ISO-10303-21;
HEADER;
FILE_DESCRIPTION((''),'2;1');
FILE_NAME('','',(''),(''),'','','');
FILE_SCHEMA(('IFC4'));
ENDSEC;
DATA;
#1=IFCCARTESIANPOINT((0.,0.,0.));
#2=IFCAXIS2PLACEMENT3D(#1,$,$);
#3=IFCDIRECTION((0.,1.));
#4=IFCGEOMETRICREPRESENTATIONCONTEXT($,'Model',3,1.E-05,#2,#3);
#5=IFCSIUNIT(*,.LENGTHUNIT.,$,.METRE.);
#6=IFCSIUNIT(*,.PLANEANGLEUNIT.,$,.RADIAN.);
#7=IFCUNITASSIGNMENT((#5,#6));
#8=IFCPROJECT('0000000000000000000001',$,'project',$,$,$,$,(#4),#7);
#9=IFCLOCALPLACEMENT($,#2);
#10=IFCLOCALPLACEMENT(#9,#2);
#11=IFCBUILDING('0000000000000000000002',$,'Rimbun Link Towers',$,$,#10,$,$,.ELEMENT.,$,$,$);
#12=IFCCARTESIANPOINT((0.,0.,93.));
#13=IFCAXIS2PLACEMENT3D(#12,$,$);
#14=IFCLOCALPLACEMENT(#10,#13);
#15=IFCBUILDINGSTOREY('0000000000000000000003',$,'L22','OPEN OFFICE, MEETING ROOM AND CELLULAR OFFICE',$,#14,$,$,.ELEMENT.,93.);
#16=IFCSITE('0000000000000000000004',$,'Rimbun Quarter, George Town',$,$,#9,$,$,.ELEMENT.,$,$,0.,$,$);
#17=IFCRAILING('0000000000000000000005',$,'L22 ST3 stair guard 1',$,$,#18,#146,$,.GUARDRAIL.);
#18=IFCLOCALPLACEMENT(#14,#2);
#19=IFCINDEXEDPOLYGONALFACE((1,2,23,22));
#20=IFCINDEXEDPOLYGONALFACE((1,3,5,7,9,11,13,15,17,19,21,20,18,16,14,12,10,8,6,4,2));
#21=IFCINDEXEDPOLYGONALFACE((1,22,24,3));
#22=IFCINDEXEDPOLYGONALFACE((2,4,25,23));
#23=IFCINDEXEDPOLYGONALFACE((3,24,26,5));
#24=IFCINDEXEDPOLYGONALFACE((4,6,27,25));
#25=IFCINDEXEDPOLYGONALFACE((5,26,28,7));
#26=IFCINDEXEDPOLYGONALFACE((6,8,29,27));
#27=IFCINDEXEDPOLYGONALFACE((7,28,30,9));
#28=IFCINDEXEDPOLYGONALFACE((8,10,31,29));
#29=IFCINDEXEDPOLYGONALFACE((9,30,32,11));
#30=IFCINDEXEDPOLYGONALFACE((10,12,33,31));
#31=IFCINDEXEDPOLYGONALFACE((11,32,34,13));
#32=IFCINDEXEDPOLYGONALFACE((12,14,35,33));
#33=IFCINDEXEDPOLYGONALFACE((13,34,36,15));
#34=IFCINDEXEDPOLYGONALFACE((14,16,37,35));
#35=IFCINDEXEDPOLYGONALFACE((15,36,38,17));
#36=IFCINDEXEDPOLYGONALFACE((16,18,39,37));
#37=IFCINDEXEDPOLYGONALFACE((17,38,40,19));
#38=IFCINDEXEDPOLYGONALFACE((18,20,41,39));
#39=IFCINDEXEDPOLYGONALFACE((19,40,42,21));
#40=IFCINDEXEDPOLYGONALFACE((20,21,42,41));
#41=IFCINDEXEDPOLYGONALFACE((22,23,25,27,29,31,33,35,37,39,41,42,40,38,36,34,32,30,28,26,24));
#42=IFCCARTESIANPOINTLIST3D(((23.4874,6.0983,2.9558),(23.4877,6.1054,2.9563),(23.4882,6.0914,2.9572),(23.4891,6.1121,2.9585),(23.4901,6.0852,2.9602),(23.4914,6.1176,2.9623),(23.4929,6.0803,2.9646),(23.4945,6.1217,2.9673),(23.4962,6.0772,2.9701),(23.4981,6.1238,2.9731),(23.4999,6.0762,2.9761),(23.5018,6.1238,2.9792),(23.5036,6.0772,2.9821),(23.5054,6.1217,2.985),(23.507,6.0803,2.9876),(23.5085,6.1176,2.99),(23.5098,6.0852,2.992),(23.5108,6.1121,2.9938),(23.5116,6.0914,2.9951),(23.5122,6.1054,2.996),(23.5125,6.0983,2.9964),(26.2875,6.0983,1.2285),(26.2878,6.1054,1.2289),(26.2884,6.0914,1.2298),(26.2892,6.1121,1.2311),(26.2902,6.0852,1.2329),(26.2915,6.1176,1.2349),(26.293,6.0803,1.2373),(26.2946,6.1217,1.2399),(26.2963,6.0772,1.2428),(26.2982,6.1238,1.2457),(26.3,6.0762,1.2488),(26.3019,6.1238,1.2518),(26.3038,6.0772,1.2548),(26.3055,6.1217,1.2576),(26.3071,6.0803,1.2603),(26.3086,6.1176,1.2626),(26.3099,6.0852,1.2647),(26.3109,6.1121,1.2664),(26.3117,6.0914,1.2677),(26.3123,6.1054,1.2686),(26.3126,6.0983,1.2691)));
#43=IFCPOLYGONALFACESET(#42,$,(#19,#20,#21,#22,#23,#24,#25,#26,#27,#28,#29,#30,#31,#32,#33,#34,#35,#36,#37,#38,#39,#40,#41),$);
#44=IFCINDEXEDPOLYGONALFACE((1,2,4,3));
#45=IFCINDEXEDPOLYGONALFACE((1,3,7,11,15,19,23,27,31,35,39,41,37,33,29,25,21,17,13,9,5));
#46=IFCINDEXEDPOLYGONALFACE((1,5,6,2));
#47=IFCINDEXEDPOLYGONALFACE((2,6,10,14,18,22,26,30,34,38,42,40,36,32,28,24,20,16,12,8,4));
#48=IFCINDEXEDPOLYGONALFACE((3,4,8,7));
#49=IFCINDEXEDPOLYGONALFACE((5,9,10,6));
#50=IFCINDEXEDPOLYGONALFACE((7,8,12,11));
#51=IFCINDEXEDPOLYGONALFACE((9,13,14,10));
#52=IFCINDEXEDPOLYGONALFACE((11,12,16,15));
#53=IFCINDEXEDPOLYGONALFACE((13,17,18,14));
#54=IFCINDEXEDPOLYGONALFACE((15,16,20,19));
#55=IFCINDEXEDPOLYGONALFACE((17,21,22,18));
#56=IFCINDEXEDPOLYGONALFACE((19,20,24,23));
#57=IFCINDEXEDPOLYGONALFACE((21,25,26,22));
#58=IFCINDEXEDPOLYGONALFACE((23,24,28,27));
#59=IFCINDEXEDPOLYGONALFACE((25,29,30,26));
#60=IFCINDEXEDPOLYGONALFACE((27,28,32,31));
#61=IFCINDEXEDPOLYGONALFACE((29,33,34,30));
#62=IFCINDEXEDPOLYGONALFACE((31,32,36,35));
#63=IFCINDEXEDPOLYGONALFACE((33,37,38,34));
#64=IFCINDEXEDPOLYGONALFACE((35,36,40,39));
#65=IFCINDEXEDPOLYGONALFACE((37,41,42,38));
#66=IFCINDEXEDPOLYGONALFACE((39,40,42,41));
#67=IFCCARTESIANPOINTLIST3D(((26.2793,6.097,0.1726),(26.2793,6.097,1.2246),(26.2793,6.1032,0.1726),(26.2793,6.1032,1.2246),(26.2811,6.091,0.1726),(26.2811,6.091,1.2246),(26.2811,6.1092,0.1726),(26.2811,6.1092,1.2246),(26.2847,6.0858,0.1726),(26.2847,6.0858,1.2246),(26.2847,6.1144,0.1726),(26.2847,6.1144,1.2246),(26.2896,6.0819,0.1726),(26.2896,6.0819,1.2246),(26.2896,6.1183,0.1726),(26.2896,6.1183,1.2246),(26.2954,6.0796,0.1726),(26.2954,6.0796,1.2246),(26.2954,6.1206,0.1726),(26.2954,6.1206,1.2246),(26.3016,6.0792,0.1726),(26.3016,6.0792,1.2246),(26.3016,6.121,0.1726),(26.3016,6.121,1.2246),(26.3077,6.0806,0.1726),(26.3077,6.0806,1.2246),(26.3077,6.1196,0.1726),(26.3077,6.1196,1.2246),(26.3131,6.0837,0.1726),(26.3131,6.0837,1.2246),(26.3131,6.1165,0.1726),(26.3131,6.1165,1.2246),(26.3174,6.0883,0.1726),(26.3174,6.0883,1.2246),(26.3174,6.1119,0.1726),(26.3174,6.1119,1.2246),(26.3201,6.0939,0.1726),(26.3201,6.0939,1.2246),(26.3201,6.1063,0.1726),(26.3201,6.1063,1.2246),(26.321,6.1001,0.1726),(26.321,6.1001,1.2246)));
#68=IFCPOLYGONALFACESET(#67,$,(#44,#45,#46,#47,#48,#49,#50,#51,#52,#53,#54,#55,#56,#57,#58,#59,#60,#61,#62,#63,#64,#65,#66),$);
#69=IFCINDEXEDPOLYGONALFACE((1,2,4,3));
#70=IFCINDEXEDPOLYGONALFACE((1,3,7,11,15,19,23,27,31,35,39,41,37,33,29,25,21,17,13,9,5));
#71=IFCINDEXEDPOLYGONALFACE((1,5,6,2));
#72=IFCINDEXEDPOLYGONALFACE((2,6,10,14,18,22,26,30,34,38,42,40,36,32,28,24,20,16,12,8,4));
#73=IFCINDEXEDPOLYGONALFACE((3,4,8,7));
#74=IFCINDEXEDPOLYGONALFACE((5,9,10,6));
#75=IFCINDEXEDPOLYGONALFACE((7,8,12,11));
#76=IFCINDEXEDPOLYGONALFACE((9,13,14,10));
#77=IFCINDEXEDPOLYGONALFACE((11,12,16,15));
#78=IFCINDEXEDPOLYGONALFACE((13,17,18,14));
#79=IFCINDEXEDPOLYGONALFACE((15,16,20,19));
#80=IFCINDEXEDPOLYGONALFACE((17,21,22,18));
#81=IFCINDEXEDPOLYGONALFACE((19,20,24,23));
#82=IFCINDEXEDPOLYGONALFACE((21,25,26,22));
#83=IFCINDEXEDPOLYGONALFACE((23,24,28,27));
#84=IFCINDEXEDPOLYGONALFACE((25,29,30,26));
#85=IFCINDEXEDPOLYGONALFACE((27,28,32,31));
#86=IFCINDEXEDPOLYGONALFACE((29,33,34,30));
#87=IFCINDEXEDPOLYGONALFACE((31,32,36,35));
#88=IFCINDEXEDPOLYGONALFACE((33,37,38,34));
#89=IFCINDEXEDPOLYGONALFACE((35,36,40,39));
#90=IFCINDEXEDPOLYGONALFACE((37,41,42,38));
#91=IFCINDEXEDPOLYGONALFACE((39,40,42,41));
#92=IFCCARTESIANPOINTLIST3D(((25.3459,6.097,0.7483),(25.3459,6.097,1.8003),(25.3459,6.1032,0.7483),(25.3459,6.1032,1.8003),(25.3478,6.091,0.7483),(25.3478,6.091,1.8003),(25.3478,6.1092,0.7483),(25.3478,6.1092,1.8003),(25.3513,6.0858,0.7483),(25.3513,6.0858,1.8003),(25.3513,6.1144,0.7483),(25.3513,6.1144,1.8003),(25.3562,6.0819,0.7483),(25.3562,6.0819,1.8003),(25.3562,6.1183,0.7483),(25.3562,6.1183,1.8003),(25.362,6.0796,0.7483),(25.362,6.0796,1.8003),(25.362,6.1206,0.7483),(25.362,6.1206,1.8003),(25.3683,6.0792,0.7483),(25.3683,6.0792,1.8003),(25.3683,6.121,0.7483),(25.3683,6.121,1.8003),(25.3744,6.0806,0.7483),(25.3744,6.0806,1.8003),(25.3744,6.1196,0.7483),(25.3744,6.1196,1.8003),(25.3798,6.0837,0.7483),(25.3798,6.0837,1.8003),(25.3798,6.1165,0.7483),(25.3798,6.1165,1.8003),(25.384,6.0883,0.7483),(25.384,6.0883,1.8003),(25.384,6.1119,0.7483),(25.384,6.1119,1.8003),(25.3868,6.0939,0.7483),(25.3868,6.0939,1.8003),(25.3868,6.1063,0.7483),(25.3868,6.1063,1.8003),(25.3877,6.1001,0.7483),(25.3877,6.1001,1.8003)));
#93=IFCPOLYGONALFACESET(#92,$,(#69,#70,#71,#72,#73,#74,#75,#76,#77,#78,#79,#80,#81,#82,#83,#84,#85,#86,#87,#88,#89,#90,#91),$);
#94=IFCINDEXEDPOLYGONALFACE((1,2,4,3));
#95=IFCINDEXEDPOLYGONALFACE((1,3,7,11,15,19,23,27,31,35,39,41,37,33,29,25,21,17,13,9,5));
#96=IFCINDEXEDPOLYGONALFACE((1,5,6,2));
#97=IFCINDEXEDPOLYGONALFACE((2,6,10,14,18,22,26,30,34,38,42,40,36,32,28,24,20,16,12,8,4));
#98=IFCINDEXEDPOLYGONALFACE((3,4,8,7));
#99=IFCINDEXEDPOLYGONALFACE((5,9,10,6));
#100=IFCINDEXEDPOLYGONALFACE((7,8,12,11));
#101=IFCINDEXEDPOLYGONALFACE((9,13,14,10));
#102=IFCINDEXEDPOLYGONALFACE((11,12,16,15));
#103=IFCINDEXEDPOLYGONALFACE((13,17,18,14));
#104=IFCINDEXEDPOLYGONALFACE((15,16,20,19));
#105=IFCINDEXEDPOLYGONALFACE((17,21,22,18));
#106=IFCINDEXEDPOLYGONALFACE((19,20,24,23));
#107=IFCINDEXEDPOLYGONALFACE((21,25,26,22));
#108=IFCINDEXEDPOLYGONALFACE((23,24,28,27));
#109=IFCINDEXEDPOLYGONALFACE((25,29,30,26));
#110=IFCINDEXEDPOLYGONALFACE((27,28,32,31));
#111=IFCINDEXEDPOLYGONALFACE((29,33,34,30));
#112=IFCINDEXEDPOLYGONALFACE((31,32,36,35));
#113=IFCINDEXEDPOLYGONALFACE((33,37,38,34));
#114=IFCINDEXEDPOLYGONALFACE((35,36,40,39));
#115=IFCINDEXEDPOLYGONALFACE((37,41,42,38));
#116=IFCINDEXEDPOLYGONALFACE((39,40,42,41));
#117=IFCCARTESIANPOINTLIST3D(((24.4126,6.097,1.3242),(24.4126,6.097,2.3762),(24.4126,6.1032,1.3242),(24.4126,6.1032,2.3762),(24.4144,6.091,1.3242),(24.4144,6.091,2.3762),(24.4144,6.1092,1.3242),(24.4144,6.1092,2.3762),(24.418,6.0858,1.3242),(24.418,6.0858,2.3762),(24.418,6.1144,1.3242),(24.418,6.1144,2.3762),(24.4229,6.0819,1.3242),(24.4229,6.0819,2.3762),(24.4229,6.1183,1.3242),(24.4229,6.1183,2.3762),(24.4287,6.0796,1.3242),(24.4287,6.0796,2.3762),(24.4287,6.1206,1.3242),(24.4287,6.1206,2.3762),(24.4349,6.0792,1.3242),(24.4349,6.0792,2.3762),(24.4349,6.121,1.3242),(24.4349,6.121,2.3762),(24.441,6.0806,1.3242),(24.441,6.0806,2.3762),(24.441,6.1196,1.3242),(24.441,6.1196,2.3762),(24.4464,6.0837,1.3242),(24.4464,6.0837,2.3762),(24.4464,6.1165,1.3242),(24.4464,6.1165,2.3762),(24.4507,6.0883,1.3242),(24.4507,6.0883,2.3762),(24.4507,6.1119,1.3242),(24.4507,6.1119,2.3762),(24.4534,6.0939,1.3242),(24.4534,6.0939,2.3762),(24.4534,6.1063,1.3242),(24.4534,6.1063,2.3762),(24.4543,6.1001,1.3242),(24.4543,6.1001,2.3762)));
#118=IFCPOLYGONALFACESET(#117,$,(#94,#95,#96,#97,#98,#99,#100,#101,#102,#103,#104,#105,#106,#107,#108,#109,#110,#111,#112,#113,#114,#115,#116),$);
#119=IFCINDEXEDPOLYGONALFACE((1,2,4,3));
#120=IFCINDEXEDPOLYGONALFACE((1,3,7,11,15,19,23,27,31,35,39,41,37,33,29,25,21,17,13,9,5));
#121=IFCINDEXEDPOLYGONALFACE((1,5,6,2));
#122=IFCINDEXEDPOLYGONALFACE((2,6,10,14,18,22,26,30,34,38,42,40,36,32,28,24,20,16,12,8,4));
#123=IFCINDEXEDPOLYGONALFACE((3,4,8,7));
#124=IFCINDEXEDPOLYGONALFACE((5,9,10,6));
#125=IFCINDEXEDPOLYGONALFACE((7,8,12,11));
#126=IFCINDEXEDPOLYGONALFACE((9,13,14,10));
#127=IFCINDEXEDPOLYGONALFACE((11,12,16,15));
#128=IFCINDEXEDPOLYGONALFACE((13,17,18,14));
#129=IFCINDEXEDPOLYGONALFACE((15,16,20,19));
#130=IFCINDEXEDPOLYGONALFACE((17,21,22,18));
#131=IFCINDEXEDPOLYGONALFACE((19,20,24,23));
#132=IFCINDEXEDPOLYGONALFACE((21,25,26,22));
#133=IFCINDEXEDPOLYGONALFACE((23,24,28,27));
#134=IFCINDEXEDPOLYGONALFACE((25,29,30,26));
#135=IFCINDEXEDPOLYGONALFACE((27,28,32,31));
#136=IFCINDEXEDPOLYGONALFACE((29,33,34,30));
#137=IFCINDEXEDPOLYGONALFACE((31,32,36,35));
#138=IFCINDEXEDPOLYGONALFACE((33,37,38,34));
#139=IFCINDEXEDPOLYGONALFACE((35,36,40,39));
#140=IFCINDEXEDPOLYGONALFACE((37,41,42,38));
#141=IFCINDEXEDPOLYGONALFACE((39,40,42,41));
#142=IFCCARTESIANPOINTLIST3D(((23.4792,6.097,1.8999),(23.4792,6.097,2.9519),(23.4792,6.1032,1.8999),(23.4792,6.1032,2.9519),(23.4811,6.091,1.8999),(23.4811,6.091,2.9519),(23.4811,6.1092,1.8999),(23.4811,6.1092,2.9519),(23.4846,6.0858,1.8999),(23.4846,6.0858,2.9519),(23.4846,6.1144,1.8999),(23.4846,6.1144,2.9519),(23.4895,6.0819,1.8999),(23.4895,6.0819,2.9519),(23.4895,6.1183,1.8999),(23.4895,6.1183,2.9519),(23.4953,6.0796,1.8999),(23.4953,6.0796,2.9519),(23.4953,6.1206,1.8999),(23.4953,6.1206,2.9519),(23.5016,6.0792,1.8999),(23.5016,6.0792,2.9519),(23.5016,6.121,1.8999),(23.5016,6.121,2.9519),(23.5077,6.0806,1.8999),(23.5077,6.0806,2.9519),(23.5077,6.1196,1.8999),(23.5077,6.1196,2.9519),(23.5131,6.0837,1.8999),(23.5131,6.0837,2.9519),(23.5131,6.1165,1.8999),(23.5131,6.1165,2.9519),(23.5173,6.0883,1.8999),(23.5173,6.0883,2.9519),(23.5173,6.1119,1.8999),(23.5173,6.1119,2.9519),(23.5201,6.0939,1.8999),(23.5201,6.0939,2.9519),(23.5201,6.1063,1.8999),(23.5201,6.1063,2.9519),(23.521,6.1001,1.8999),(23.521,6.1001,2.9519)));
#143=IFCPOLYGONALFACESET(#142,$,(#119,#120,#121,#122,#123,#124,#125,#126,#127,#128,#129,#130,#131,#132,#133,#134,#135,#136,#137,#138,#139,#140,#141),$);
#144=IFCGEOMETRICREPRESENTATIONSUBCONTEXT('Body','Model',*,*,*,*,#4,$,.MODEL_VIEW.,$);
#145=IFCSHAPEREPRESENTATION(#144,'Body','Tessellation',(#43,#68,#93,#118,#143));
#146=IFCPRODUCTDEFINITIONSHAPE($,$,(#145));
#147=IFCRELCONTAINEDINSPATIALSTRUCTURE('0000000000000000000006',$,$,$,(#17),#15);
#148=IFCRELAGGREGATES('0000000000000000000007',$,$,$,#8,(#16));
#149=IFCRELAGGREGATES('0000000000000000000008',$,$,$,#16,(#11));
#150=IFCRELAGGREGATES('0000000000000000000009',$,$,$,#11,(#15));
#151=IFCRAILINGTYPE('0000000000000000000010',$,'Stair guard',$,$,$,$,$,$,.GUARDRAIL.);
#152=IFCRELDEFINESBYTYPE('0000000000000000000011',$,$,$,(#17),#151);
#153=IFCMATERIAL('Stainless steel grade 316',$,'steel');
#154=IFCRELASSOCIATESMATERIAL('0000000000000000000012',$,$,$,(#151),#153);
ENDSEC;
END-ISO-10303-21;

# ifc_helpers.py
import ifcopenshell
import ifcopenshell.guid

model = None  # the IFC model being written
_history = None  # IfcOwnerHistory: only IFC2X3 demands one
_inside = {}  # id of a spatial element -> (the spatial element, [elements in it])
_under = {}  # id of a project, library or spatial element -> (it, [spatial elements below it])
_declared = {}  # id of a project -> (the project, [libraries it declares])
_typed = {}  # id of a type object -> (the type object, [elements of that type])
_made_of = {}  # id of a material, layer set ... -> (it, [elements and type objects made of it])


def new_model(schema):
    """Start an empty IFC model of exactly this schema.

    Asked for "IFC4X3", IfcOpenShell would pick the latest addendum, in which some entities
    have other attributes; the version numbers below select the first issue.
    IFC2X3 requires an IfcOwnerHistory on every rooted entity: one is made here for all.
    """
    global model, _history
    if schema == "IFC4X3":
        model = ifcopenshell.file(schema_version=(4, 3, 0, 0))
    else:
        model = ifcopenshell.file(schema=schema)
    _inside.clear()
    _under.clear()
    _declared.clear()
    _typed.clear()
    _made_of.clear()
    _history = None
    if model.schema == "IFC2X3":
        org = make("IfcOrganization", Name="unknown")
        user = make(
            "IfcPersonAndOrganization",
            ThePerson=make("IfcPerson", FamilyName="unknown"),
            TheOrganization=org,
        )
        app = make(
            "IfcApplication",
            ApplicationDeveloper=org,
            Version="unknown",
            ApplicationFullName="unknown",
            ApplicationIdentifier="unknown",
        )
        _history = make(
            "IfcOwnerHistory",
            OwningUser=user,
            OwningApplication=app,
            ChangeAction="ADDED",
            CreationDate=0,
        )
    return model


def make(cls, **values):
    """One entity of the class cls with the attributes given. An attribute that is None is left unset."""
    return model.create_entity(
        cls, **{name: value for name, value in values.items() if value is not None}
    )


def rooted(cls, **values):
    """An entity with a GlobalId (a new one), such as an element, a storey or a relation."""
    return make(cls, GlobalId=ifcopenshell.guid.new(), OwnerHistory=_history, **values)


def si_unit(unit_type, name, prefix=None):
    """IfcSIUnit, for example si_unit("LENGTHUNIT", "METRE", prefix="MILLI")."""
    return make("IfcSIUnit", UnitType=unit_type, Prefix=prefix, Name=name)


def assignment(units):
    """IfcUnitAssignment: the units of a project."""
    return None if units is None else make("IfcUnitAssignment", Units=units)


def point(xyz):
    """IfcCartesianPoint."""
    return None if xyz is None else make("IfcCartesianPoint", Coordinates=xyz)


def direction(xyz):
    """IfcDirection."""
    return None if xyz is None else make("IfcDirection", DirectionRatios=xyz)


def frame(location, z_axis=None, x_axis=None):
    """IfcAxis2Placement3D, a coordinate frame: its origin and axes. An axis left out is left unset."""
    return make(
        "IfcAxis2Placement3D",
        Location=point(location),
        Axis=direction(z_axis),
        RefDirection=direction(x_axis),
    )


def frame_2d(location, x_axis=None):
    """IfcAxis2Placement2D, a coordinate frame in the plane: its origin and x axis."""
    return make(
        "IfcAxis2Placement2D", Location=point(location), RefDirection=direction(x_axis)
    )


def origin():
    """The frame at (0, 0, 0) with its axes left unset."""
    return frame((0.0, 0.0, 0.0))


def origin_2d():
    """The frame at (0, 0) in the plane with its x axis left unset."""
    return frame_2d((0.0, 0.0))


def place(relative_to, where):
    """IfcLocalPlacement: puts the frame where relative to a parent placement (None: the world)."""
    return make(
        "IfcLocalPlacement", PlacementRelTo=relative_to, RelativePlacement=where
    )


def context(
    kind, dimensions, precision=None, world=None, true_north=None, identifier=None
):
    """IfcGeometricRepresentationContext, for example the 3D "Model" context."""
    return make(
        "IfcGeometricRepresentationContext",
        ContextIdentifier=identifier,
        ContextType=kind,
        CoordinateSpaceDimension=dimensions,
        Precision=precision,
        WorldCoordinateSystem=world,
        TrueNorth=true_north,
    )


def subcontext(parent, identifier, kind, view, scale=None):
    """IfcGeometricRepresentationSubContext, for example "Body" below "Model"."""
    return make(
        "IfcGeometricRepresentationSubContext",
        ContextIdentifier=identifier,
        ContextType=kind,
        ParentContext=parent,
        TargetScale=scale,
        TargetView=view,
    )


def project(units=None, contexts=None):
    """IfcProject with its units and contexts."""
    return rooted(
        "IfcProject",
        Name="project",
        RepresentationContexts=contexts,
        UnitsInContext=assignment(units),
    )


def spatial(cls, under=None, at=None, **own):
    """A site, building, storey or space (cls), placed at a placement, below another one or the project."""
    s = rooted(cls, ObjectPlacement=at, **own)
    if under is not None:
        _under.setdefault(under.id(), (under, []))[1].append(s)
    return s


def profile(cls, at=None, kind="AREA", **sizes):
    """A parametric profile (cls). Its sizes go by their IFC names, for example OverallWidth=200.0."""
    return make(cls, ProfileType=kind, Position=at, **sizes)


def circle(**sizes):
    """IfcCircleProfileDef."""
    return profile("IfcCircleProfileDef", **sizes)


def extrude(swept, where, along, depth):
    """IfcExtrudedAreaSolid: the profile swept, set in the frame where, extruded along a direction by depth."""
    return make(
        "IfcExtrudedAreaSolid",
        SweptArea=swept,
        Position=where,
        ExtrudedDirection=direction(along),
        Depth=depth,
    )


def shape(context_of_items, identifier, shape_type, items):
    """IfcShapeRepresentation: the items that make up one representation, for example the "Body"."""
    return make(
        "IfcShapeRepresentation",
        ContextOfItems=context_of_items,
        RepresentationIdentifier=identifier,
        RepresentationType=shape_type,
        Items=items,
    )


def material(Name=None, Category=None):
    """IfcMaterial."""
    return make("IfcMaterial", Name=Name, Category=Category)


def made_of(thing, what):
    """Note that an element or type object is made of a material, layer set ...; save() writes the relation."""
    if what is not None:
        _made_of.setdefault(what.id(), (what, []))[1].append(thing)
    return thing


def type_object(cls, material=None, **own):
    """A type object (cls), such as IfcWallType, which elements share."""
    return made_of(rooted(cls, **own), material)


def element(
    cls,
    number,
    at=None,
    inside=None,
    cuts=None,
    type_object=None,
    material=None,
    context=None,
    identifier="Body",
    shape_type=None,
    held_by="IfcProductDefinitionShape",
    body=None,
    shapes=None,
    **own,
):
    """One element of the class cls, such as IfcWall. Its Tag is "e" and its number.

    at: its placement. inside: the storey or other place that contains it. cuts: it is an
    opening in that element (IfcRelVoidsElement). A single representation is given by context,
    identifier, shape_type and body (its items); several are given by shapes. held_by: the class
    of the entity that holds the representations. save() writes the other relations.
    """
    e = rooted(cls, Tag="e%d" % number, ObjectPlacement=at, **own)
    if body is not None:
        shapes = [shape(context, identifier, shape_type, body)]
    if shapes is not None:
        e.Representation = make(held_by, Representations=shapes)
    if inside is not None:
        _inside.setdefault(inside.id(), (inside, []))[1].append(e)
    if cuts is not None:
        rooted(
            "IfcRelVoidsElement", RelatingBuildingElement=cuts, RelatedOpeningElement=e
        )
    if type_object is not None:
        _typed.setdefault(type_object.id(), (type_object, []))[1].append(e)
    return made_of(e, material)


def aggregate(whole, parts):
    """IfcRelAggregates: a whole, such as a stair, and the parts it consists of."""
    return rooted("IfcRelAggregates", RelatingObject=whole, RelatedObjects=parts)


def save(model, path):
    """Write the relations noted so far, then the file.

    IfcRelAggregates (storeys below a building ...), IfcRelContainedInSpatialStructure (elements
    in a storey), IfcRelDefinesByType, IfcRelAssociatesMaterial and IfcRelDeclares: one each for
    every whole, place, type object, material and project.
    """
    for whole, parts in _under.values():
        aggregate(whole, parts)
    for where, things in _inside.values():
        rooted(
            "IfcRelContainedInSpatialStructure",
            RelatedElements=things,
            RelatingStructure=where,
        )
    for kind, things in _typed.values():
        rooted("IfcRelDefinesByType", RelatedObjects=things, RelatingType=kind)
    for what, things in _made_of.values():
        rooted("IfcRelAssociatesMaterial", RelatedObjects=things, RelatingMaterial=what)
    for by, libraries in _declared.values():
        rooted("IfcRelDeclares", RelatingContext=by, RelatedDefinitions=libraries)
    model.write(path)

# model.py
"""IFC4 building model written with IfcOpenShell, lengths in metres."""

from ifc_helpers import new_model, si_unit, direction, frame, origin, origin_2d, place, context, subcontext, project, spatial, circle, extrude, material, type_object, element, save


model = new_model("IFC4")

# Units and contexts
model_context = context("Model", 3, precision=1e-05, world=origin(), true_north=direction((0.0, 1.0)))
body_context = subcontext(model_context, "Body", "Model", "MODEL_VIEW")
ifc_project = project(units=[si_unit("LENGTHUNIT", "METRE"), si_unit("PLANEANGLEUNIT", "RADIAN")], contexts=[model_context])

# Site, building, storey
site_placement = place(None, origin())
site = spatial("IfcSite", under=ifc_project, at=site_placement, Name="Rimbun Quarter, George Town", CompositionType="ELEMENT", RefElevation=0.0)
building_placement = place(site_placement, origin())
building = spatial("IfcBuilding", under=site, at=building_placement, Name="Rimbun Link Towers", CompositionType="ELEMENT")
storey_placement = place(building_placement, frame((0.0, 0.0, 93.0)))
storey = spatial("IfcBuildingStorey", under=building, at=storey_placement, Name="L22", Description="OPEN OFFICE, MEETING ROOM AND CELLULAR OFFICE", CompositionType="ELEMENT", Elevation=93.0)

# Railing
ifc_material_1 = material(Name="Stainless steel grade 316", Category="steel")
railing_type_1 = type_object("IfcRailingType", Name="Stair guard", PredefinedType="GUARDRAIL", material=ifc_material_1)
railing_1_placement = place(storey_placement, frame((26.3, 6.1001, 0.1726)))
element("IfcRailing", 1, at=railing_1_placement, inside=storey, type_object=railing_type_1, Name="L22 ST3 stair guard 1", PredefinedType="GUARDRAIL", context=body_context, shape_type="SweptSolid", body=[
    extrude(circle(Radius=0.0239, at=origin_2d()), frame((0.0, 0.0, 1.0762), z_axis=(-0.85109, 0.0, 0.52502), x_axis=(0.0, -1.0, 0.0)), (0.0, 0.0, 1.0), 3.29),
    extrude(circle(Radius=0.021, at=origin_2d()), origin(), (0.0, 0.0, 1.0), 1.052),
    extrude(circle(Radius=0.021, at=origin_2d()), frame((-0.9333, 0.0, 0.5757)), (0.0, 0.0, 1.0), 1.052),
    extrude(circle(Radius=0.021, at=origin_2d()), frame((-1.8667, 0.0, 1.1516)), (0.0, 0.0, 1.0), 1.052),
    extrude(circle(Radius=0.021, at=origin_2d()), frame((-2.8, 0.0, 1.7273)), (0.0, 0.0, 1.0), 1.052),
])

save(model, "model.ifc")
